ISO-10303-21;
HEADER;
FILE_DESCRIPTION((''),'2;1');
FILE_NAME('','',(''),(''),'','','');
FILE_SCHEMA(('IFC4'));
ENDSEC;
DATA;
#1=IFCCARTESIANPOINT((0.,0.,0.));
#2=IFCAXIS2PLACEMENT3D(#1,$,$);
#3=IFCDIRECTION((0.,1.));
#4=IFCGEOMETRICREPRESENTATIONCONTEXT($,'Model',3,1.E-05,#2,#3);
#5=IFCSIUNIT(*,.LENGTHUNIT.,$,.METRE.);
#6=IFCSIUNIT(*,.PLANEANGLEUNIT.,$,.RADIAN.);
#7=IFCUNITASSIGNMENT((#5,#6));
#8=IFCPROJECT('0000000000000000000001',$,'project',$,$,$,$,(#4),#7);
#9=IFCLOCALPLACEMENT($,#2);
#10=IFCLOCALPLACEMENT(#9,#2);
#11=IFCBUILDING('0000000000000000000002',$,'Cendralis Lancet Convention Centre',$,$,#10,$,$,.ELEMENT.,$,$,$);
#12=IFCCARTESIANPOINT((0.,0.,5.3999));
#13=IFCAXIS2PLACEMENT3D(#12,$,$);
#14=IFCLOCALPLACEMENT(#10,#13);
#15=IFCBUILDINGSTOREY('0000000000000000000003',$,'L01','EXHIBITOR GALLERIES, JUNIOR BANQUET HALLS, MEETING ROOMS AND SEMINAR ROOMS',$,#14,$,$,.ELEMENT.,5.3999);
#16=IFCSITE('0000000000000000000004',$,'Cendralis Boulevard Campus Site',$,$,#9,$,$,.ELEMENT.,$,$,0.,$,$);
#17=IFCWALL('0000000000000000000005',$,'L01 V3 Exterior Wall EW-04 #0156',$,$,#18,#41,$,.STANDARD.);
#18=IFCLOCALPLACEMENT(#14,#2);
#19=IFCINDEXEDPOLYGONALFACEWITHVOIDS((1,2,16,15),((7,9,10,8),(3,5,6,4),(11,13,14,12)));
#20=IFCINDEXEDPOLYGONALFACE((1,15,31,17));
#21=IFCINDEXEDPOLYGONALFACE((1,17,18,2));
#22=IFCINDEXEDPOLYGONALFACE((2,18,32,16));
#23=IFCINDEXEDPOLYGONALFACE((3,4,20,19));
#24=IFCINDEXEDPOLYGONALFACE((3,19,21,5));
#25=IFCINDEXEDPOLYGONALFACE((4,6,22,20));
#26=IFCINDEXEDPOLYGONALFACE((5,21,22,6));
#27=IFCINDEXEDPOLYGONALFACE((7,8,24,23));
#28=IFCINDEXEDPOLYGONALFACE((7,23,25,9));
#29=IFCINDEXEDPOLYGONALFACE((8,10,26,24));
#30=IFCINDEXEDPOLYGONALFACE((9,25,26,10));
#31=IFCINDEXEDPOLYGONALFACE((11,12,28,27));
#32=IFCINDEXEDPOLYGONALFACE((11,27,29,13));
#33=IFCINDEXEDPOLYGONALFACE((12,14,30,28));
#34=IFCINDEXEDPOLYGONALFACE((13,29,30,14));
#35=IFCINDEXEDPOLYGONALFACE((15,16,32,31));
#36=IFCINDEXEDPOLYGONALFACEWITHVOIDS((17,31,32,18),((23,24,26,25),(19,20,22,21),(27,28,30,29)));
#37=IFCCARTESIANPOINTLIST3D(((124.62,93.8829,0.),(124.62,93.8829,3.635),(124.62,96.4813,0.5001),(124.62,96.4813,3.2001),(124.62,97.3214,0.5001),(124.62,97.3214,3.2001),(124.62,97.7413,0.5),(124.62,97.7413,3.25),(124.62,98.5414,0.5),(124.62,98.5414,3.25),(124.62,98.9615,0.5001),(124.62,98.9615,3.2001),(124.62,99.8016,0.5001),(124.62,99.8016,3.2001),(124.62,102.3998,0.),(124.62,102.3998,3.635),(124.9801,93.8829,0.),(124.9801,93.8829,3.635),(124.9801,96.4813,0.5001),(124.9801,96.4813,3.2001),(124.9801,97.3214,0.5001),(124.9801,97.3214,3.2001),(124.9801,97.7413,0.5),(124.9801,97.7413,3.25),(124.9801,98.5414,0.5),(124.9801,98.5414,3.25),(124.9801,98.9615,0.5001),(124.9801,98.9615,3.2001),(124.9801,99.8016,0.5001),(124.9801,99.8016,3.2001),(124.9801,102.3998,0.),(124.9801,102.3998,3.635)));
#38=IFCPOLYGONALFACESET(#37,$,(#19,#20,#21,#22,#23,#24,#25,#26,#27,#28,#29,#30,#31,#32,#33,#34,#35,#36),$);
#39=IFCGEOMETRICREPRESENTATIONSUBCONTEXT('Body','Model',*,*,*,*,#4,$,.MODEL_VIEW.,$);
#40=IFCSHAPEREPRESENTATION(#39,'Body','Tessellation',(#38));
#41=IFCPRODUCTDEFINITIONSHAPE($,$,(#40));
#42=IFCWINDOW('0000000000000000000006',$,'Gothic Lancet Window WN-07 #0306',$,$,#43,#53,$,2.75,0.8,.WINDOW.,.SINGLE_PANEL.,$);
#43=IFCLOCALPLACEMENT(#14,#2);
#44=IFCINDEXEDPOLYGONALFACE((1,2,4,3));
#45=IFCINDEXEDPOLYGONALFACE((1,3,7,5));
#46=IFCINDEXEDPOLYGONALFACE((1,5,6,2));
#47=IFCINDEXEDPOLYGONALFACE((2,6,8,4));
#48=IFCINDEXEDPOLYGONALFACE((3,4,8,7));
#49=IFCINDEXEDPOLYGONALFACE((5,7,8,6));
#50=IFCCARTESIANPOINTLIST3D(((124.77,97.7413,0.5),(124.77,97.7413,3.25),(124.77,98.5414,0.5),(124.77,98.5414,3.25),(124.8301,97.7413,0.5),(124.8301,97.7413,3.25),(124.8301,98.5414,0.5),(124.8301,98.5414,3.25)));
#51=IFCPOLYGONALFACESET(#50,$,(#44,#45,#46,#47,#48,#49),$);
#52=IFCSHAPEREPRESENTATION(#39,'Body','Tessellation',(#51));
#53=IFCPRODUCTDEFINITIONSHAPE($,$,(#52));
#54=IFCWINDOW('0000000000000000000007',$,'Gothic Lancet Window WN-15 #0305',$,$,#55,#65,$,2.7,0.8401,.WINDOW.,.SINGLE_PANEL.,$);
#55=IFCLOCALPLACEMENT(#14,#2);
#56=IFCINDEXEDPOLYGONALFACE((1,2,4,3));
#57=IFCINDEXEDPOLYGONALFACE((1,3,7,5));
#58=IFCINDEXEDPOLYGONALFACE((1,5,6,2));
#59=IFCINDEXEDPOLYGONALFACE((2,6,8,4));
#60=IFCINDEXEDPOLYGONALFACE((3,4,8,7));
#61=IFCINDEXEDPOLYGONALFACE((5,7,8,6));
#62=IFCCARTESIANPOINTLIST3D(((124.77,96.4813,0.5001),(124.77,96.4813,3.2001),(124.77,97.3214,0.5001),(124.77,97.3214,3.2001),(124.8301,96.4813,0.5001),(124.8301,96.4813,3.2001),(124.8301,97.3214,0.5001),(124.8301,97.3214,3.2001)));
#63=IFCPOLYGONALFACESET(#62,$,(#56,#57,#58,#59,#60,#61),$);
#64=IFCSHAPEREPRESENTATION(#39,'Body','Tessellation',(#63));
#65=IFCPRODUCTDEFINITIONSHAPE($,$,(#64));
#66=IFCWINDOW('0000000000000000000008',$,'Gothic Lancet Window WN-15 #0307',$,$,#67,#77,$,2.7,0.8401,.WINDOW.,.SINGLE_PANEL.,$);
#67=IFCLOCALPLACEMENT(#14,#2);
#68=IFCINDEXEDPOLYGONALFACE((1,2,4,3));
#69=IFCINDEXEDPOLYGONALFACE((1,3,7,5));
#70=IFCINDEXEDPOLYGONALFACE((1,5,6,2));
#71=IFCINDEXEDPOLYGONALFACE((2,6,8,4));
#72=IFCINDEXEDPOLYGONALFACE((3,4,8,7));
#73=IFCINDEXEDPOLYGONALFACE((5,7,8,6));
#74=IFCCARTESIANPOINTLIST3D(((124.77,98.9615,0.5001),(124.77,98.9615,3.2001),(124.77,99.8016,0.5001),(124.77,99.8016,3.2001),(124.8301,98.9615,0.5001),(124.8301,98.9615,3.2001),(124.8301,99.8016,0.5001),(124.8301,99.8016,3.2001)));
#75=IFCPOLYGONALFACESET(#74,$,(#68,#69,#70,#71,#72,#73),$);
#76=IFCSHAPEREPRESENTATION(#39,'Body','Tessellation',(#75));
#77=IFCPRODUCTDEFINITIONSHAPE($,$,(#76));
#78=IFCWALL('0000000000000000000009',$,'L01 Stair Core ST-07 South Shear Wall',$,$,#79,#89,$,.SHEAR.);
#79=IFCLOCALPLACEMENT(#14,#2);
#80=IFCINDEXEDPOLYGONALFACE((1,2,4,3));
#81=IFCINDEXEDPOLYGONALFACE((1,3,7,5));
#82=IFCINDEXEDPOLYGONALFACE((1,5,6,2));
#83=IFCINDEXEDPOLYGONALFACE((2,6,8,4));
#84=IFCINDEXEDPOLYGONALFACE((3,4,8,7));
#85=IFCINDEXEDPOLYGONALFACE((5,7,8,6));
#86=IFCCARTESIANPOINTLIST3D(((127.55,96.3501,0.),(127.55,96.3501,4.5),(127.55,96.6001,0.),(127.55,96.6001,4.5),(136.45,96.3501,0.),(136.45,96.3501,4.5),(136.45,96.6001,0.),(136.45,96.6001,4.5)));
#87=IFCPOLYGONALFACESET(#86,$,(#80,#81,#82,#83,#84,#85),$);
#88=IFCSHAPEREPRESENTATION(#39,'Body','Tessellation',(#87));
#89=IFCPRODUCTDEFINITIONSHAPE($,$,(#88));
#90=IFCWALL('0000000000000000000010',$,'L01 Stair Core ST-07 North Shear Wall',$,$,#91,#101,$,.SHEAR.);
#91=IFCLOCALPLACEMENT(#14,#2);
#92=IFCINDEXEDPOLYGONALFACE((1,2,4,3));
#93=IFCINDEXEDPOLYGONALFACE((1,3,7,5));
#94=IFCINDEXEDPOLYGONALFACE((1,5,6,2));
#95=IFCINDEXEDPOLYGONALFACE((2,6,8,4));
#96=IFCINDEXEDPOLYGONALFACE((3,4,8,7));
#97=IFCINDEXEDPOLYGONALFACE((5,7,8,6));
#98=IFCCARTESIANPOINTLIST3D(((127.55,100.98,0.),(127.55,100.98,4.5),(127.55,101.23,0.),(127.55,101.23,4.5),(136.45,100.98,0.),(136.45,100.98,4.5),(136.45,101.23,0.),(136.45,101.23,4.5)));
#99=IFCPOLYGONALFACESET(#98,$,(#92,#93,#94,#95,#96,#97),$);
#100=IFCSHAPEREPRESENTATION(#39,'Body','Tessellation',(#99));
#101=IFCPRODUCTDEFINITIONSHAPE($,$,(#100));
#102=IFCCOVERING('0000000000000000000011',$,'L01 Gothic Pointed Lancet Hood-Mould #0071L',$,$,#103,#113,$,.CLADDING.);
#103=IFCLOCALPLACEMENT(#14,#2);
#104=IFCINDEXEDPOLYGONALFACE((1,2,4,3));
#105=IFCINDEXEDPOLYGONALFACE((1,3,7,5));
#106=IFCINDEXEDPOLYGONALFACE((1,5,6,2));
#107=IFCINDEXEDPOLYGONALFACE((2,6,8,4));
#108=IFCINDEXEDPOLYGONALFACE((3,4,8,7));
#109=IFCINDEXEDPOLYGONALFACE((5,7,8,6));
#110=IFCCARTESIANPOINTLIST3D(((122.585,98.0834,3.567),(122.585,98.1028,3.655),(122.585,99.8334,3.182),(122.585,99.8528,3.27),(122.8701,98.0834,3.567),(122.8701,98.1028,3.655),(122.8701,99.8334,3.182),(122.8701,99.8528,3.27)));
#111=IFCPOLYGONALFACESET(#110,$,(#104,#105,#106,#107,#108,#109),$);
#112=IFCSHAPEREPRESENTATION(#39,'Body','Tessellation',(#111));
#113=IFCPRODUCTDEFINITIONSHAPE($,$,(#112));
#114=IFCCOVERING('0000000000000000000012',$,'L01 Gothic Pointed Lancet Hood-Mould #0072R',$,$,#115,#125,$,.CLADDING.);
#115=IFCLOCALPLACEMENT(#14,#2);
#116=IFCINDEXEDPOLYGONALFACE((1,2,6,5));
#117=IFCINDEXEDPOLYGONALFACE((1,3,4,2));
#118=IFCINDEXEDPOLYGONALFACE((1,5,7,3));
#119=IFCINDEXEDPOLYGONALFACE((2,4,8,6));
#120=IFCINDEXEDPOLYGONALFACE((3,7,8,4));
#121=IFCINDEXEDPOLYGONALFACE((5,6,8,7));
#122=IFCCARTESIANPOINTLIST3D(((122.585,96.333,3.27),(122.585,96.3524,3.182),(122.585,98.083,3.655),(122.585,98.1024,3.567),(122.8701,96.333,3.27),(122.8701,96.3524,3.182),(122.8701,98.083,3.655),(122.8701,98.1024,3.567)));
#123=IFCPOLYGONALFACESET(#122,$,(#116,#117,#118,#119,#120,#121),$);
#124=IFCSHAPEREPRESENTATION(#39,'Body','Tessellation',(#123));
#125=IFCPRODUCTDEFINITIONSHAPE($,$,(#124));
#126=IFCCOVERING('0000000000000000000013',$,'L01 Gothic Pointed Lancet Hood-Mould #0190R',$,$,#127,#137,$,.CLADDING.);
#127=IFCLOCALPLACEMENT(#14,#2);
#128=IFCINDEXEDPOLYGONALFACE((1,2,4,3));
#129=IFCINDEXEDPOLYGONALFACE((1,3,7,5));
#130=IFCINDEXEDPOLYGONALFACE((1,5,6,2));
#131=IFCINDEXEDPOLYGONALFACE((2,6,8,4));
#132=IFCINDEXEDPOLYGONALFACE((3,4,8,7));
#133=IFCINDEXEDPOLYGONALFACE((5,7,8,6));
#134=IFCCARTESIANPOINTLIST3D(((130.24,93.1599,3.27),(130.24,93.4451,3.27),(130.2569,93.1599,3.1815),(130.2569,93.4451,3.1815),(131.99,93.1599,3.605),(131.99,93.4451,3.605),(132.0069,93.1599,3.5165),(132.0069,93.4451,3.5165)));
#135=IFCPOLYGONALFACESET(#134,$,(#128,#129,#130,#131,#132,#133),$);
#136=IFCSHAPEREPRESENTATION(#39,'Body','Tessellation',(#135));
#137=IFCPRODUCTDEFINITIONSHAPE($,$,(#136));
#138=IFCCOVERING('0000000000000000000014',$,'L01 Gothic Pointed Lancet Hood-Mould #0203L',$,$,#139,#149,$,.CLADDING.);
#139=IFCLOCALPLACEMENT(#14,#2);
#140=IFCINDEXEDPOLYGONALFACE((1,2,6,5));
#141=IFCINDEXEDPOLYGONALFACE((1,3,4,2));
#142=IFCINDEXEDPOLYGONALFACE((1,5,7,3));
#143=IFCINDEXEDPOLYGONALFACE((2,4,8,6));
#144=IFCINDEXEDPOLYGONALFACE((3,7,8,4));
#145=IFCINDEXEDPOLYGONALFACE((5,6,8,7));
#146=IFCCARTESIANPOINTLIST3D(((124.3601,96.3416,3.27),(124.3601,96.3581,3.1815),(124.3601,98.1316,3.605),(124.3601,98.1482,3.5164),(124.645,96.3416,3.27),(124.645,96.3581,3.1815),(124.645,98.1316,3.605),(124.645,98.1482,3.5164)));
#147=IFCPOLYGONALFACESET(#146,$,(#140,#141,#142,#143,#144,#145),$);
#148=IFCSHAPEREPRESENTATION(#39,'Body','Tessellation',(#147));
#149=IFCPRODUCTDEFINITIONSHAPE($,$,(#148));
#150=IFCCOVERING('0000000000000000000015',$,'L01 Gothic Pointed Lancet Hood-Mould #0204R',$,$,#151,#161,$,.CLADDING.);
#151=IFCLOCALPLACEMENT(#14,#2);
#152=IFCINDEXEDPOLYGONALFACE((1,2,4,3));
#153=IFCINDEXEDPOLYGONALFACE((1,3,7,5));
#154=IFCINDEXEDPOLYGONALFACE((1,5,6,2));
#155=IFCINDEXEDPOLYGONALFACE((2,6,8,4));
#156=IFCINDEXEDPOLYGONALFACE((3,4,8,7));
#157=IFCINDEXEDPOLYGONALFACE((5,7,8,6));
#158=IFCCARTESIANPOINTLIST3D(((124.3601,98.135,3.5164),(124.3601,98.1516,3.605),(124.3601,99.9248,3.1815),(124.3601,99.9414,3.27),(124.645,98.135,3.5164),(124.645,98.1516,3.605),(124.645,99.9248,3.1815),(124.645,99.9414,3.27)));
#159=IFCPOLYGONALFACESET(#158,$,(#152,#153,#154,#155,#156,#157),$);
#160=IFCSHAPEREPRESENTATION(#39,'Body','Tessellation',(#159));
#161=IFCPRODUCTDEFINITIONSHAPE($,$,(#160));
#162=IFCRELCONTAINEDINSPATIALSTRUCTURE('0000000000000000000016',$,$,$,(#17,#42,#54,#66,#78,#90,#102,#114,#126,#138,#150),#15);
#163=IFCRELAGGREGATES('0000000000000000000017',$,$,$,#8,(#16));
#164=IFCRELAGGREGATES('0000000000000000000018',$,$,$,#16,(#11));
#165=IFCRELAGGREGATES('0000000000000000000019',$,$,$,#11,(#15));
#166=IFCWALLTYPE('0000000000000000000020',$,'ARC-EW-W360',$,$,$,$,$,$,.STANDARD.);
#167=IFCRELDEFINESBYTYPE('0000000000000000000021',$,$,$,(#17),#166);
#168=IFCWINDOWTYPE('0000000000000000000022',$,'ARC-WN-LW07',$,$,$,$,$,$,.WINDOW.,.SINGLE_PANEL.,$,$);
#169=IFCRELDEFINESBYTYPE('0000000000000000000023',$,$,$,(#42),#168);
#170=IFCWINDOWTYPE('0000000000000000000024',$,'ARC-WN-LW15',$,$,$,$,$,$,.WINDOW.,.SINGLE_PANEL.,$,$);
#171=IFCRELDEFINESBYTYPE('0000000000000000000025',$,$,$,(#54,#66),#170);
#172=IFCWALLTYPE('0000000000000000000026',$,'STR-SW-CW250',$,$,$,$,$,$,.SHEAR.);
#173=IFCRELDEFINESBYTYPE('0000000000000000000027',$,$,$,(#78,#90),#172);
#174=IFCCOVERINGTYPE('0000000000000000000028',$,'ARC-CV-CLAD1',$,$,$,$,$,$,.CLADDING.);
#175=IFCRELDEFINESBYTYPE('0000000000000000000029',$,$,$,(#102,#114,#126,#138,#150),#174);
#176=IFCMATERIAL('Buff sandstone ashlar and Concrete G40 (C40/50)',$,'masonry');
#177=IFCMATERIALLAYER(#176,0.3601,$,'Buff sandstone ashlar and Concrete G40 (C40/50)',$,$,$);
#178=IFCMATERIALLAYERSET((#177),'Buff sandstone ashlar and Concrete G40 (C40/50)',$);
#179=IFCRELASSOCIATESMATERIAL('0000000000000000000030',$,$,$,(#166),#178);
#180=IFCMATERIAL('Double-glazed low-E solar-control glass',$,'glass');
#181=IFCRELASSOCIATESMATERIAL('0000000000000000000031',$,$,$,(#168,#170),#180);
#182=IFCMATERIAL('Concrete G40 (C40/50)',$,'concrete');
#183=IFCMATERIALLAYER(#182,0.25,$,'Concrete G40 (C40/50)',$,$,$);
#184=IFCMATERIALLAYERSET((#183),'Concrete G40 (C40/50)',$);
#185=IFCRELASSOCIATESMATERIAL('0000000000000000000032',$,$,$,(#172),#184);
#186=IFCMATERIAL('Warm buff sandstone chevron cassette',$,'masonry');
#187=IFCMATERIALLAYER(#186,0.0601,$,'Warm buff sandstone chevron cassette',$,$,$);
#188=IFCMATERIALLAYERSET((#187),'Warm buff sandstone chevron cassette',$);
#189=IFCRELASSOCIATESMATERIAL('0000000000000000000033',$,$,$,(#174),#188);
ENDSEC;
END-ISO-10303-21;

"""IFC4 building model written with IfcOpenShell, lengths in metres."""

from ifc_helpers import new_model, si_unit, direction, frame, frame_2d, origin, place, context, subcontext, project, spatial, polyline, rectangle, outline, extrude, material, layer, layer_set, type_object, element, fill, save


model = new_model("IFC4")

# Units and contexts
model_context = context("Model", 3, precision=1e-05, world=origin(), true_north=direction((0.0, 1.0)))
body_context = subcontext(model_context, "Body", "Model", "MODEL_VIEW")
ifc_project = project(units=[si_unit("LENGTHUNIT", "METRE"), si_unit("PLANEANGLEUNIT", "RADIAN")], contexts=[model_context])

# Site, building, storey
site_placement = place(None, origin())
site = spatial("IfcSite", under=ifc_project, at=site_placement, Name="Cendralis Boulevard Campus Site", CompositionType="ELEMENT", RefElevation=0.0)
building_placement = place(site_placement, origin())
building = spatial("IfcBuilding", under=site, at=building_placement, Name="Cendralis Lancet Convention Centre", CompositionType="ELEMENT")
storey_placement = place(building_placement, frame((0.0, 0.0, 5.3999)))
storey = spatial("IfcBuildingStorey", under=building, at=storey_placement, Name="L01", Description="EXHIBITOR GALLERIES, JUNIOR BANQUET HALLS, MEETING ROOMS AND SEMINAR ROOMS", CompositionType="ELEMENT", Elevation=5.3999)

# Shared definitions
ifc_material_1 = material(Name="Concrete G40 (C40/50)", Category="concrete")

# Shared definitions
ifc_material_2 = material(Name="Double-glazed low-E solar-control glass", Category="glass")

# Wall, openings, windows
ifc_material_3 = material(Name="Buff sandstone ashlar and Concrete G40 (C40/50)", Category="masonry")
ifc_layer_1 = layer(ifc_material_3, 0.3601, Name="Buff sandstone ashlar and Concrete G40 (C40/50)")
ifc_layer_set_1 = layer_set([ifc_layer_1], Name="Buff sandstone ashlar and Concrete G40 (C40/50)")
wall_type_1 = type_object("IfcWallType", Name="ARC-EW-W360", PredefinedType="STANDARD", material=ifc_layer_set_1)
wall_1_placement = place(storey_placement, frame((124.8, 93.8831, 0.0), z_axis=(0.0, 0.0, 1.0), x_axis=(0.0, 1.0, 0.0)))
wall_1 = element("IfcWall", 1, at=wall_1_placement, inside=storey, type_object=wall_type_1, Name="L01 V3 Exterior Wall EW-04 #0156", PredefinedType="STANDARD", context=body_context, shape_type="SweptSolid", body=[
    extrude(rectangle(XDim=8.5168, YDim=0.3601, at=frame_2d((4.2583, 0.0))), origin(), (0.0, 0.0, 1.0), 3.635),
])
opening_1_placement = place(wall_1_placement, frame((2.5984, 0.0, 0.5)))
opening_1 = element("IfcOpeningElement", 2, at=opening_1_placement, cuts=wall_1, PredefinedType="OPENING", context=body_context, shape_type="SweptSolid", body=[
    extrude(rectangle(XDim=0.8401, YDim=2.7, at=frame_2d((0.4199, 1.3501))), frame((0.0, 0.1899, 0.0), z_axis=(0.0, -1.0, 0.0), x_axis=(1.0, 0.0, 0.0)), (0.0, 0.0, 1.0), 0.3801),
])
opening_2_placement = place(wall_1_placement, frame((3.8584, 0.0, 0.5)))
opening_2 = element("IfcOpeningElement", 3, at=opening_2_placement, cuts=wall_1, PredefinedType="OPENING", context=body_context, shape_type="SweptSolid", body=[
    extrude(rectangle(XDim=0.8, YDim=2.75, at=frame_2d((0.3999, 1.375))), frame((0.0, 0.1899, 0.0), z_axis=(0.0, -1.0, 0.0), x_axis=(1.0, 0.0, 0.0)), (0.0, 0.0, 1.0), 0.3801),
])
opening_3_placement = place(wall_1_placement, frame((5.0786, 0.0, 0.5)))
opening_3 = element("IfcOpeningElement", 4, at=opening_3_placement, cuts=wall_1, PredefinedType="OPENING", context=body_context, shape_type="SweptSolid", body=[
    extrude(rectangle(XDim=0.8401, YDim=2.7, at=frame_2d((0.4199, 1.3501))), frame((0.0, 0.1899, 0.0), z_axis=(0.0, -1.0, 0.0), x_axis=(1.0, 0.0, 0.0)), (0.0, 0.0, 1.0), 0.3801),
])
window_type_1 = type_object("IfcWindowType", Name="ARC-WN-LW07", PartitioningType="SINGLE_PANEL", PredefinedType="WINDOW", material=ifc_material_2)
window_1_placement = place(opening_2_placement, origin())
window_1 = element("IfcWindow", 5, at=window_1_placement, inside=storey, type_object=window_type_1, Name="Gothic Lancet Window WN-07 #0306", OverallHeight=2.75, OverallWidth=0.8, PartitioningType="SINGLE_PANEL", PredefinedType="WINDOW", context=body_context, shape_type="SweptSolid", body=[
    extrude(rectangle(XDim=0.8, YDim=2.75, at=frame_2d((0.3999, 1.375))), frame((0.0, 0.03, 0.0), z_axis=(0.0, -1.0, 0.0), x_axis=(1.0, 0.0, 0.0)), (0.0, 0.0, 1.0), 0.0601),
])
fill(opening_2, window_1)
window_type_2 = type_object("IfcWindowType", Name="ARC-WN-LW15", PartitioningType="SINGLE_PANEL", PredefinedType="WINDOW", material=ifc_material_2)
window_2_placement = place(opening_1_placement, origin())
window_2 = element("IfcWindow", 6, at=window_2_placement, inside=storey, type_object=window_type_2, Name="Gothic Lancet Window WN-15 #0305", OverallHeight=2.7, OverallWidth=0.8401, PartitioningType="SINGLE_PANEL", PredefinedType="WINDOW", context=body_context, shape_type="SweptSolid", body=[
    extrude(rectangle(XDim=0.8401, YDim=2.7, at=frame_2d((0.4199, 1.3501))), frame((0.0, 0.03, 0.0), z_axis=(0.0, -1.0, 0.0), x_axis=(1.0, 0.0, 0.0)), (0.0, 0.0, 1.0), 0.0601),
])
fill(opening_1, window_2)
window_3_placement = place(opening_3_placement, origin())
window_3 = element("IfcWindow", 7, at=window_3_placement, inside=storey, type_object=window_type_2, Name="Gothic Lancet Window WN-15 #0307", OverallHeight=2.7, OverallWidth=0.8401, PartitioningType="SINGLE_PANEL", PredefinedType="WINDOW", context=body_context, shape_type="SweptSolid", body=[
    extrude(rectangle(XDim=0.8401, YDim=2.7, at=frame_2d((0.4199, 1.3501))), frame((0.0, 0.03, 0.0), z_axis=(0.0, -1.0, 0.0), x_axis=(1.0, 0.0, 0.0)), (0.0, 0.0, 1.0), 0.0601),
])
fill(opening_3, window_3)

# Shared definitions
ifc_layer_2 = layer(ifc_material_1, 0.25, Name="Concrete G40 (C40/50)")
ifc_layer_set_2 = layer_set([ifc_layer_2], Name="Concrete G40 (C40/50)")
wall_type_2 = type_object("IfcWallType", Name="STR-SW-CW250", PredefinedType="SHEAR", material=ifc_layer_set_2)

# Walls
for number, where, z_axis, x_axis, name in (
    (8, (127.55, 96.4751, 0.0), (0.0, 0.0, 1.0), (1.0, 0.0, 0.0), "L01 Stair Core ST-07 South Shear Wall"),
    (9, (127.55, 101.105, 0.0), (0.0, 0.0, 1.0), (1.0, 0.0, 0.0), "L01 Stair Core ST-07 North Shear Wall"),
):
    element("IfcWall", number, at=place(storey_placement, frame(where, z_axis=z_axis, x_axis=x_axis)), inside=storey, type_object=wall_type_2, Name=name, PredefinedType="SHEAR", context=body_context, shape_type="SweptSolid", body=[
        extrude(rectangle(XDim=8.8999, YDim=0.25, at=frame_2d((4.45, 0.0))), origin(), (0.0, 0.0, 1.0), 4.5),
    ])

# Coverings
ifc_material_4 = material(Name="Warm buff sandstone chevron cassette", Category="masonry")
ifc_layer_3 = layer(ifc_material_4, 0.0601, Name="Warm buff sandstone chevron cassette")
ifc_layer_set_3 = layer_set([ifc_layer_3], Name="Warm buff sandstone chevron cassette")
covering_type = type_object("IfcCoveringType", Name="ARC-CV-CLAD1", PredefinedType="CLADDING", material=ifc_layer_set_3)
for number, where, z_axis, x_axis, name in (
    (10, (122.8701, 99.8528, 3.27), (0.0, 0.214867, 0.976643), (-1.0, 0.0, 0.0), "L01 Gothic Pointed Lancet Hood-Mould #0071L"),
    (11, (122.8701, 98.083, 3.655), (0.0, -0.214867, 0.976643), (-1.0, 0.0, 0.0), "L01 Gothic Pointed Lancet Hood-Mould #0072R"),
):
    element("IfcCovering", number, at=place(storey_placement, frame(where, z_axis=z_axis, x_axis=x_axis)), inside=storey, type_object=covering_type, Name=name, PredefinedType="CLADDING", context=body_context, shape_type="SweptSolid", body=[
        extrude(outline(polyline([(0.0, 0.0), (0.2852, 0.0), (0.2852, 1.7919), (0.0, 1.7919), (0.0, 0.0)])), origin(), (0.0, 0.0, -1.0), 0.0901),
    ])
covering_1_placement = place(storey_placement, frame((131.99, 93.1599, 3.605), z_axis=(-0.187994, 0.0, 0.98217), x_axis=(0.0, 1.0, 0.0)))
element("IfcCovering", 12, at=covering_1_placement, inside=storey, type_object=covering_type, Name="L01 Gothic Pointed Lancet Hood-Mould #0190R", PredefinedType="CLADDING", context=body_context, shape_type="SweptSolid", body=[
    extrude(outline(polyline([(0.0, 0.0), (0.2852, 0.0), (0.2852, 1.7818), (0.0, 1.7818), (0.0, 0.0)])), origin(), (0.0, 0.0, -1.0), 0.0901),
])
covering_2_placement = place(storey_placement, frame((124.3601, 96.3416, 3.27), z_axis=(0.0, -0.183932, 0.982939), x_axis=(1.0, 0.0, 0.0)))
element("IfcCovering", 13, at=covering_2_placement, inside=storey, type_object=covering_type, Name="L01 Gothic Pointed Lancet Hood-Mould #0203L", PredefinedType="CLADDING", context=body_context, shape_type="SweptSolid", body=[
    extrude(outline(polyline([(0.0, 0.0), (0.2849, 0.0), (0.2849, 1.8211), (0.0, 1.8211), (0.0, 0.0)])), origin(), (0.0, 0.0, -1.0), 0.0901),
])
covering_3_placement = place(storey_placement, frame((124.3601, 98.1516, 3.605), z_axis=(0.0, 0.183957, 0.982934), x_axis=(1.0, 0.0, 0.0)))
element("IfcCovering", 14, at=covering_3_placement, inside=storey, type_object=covering_type, Name="L01 Gothic Pointed Lancet Hood-Mould #0204R", PredefinedType="CLADDING", context=body_context, shape_type="SweptSolid", body=[
    extrude(outline(polyline([(0.0, 0.0), (0.2849, 0.0), (0.2849, 1.8209), (0.0, 1.8209), (0.0, 0.0)])), origin(), (0.0, 0.0, -1.0), 0.0901),
])

save(model, "model.ifc")
